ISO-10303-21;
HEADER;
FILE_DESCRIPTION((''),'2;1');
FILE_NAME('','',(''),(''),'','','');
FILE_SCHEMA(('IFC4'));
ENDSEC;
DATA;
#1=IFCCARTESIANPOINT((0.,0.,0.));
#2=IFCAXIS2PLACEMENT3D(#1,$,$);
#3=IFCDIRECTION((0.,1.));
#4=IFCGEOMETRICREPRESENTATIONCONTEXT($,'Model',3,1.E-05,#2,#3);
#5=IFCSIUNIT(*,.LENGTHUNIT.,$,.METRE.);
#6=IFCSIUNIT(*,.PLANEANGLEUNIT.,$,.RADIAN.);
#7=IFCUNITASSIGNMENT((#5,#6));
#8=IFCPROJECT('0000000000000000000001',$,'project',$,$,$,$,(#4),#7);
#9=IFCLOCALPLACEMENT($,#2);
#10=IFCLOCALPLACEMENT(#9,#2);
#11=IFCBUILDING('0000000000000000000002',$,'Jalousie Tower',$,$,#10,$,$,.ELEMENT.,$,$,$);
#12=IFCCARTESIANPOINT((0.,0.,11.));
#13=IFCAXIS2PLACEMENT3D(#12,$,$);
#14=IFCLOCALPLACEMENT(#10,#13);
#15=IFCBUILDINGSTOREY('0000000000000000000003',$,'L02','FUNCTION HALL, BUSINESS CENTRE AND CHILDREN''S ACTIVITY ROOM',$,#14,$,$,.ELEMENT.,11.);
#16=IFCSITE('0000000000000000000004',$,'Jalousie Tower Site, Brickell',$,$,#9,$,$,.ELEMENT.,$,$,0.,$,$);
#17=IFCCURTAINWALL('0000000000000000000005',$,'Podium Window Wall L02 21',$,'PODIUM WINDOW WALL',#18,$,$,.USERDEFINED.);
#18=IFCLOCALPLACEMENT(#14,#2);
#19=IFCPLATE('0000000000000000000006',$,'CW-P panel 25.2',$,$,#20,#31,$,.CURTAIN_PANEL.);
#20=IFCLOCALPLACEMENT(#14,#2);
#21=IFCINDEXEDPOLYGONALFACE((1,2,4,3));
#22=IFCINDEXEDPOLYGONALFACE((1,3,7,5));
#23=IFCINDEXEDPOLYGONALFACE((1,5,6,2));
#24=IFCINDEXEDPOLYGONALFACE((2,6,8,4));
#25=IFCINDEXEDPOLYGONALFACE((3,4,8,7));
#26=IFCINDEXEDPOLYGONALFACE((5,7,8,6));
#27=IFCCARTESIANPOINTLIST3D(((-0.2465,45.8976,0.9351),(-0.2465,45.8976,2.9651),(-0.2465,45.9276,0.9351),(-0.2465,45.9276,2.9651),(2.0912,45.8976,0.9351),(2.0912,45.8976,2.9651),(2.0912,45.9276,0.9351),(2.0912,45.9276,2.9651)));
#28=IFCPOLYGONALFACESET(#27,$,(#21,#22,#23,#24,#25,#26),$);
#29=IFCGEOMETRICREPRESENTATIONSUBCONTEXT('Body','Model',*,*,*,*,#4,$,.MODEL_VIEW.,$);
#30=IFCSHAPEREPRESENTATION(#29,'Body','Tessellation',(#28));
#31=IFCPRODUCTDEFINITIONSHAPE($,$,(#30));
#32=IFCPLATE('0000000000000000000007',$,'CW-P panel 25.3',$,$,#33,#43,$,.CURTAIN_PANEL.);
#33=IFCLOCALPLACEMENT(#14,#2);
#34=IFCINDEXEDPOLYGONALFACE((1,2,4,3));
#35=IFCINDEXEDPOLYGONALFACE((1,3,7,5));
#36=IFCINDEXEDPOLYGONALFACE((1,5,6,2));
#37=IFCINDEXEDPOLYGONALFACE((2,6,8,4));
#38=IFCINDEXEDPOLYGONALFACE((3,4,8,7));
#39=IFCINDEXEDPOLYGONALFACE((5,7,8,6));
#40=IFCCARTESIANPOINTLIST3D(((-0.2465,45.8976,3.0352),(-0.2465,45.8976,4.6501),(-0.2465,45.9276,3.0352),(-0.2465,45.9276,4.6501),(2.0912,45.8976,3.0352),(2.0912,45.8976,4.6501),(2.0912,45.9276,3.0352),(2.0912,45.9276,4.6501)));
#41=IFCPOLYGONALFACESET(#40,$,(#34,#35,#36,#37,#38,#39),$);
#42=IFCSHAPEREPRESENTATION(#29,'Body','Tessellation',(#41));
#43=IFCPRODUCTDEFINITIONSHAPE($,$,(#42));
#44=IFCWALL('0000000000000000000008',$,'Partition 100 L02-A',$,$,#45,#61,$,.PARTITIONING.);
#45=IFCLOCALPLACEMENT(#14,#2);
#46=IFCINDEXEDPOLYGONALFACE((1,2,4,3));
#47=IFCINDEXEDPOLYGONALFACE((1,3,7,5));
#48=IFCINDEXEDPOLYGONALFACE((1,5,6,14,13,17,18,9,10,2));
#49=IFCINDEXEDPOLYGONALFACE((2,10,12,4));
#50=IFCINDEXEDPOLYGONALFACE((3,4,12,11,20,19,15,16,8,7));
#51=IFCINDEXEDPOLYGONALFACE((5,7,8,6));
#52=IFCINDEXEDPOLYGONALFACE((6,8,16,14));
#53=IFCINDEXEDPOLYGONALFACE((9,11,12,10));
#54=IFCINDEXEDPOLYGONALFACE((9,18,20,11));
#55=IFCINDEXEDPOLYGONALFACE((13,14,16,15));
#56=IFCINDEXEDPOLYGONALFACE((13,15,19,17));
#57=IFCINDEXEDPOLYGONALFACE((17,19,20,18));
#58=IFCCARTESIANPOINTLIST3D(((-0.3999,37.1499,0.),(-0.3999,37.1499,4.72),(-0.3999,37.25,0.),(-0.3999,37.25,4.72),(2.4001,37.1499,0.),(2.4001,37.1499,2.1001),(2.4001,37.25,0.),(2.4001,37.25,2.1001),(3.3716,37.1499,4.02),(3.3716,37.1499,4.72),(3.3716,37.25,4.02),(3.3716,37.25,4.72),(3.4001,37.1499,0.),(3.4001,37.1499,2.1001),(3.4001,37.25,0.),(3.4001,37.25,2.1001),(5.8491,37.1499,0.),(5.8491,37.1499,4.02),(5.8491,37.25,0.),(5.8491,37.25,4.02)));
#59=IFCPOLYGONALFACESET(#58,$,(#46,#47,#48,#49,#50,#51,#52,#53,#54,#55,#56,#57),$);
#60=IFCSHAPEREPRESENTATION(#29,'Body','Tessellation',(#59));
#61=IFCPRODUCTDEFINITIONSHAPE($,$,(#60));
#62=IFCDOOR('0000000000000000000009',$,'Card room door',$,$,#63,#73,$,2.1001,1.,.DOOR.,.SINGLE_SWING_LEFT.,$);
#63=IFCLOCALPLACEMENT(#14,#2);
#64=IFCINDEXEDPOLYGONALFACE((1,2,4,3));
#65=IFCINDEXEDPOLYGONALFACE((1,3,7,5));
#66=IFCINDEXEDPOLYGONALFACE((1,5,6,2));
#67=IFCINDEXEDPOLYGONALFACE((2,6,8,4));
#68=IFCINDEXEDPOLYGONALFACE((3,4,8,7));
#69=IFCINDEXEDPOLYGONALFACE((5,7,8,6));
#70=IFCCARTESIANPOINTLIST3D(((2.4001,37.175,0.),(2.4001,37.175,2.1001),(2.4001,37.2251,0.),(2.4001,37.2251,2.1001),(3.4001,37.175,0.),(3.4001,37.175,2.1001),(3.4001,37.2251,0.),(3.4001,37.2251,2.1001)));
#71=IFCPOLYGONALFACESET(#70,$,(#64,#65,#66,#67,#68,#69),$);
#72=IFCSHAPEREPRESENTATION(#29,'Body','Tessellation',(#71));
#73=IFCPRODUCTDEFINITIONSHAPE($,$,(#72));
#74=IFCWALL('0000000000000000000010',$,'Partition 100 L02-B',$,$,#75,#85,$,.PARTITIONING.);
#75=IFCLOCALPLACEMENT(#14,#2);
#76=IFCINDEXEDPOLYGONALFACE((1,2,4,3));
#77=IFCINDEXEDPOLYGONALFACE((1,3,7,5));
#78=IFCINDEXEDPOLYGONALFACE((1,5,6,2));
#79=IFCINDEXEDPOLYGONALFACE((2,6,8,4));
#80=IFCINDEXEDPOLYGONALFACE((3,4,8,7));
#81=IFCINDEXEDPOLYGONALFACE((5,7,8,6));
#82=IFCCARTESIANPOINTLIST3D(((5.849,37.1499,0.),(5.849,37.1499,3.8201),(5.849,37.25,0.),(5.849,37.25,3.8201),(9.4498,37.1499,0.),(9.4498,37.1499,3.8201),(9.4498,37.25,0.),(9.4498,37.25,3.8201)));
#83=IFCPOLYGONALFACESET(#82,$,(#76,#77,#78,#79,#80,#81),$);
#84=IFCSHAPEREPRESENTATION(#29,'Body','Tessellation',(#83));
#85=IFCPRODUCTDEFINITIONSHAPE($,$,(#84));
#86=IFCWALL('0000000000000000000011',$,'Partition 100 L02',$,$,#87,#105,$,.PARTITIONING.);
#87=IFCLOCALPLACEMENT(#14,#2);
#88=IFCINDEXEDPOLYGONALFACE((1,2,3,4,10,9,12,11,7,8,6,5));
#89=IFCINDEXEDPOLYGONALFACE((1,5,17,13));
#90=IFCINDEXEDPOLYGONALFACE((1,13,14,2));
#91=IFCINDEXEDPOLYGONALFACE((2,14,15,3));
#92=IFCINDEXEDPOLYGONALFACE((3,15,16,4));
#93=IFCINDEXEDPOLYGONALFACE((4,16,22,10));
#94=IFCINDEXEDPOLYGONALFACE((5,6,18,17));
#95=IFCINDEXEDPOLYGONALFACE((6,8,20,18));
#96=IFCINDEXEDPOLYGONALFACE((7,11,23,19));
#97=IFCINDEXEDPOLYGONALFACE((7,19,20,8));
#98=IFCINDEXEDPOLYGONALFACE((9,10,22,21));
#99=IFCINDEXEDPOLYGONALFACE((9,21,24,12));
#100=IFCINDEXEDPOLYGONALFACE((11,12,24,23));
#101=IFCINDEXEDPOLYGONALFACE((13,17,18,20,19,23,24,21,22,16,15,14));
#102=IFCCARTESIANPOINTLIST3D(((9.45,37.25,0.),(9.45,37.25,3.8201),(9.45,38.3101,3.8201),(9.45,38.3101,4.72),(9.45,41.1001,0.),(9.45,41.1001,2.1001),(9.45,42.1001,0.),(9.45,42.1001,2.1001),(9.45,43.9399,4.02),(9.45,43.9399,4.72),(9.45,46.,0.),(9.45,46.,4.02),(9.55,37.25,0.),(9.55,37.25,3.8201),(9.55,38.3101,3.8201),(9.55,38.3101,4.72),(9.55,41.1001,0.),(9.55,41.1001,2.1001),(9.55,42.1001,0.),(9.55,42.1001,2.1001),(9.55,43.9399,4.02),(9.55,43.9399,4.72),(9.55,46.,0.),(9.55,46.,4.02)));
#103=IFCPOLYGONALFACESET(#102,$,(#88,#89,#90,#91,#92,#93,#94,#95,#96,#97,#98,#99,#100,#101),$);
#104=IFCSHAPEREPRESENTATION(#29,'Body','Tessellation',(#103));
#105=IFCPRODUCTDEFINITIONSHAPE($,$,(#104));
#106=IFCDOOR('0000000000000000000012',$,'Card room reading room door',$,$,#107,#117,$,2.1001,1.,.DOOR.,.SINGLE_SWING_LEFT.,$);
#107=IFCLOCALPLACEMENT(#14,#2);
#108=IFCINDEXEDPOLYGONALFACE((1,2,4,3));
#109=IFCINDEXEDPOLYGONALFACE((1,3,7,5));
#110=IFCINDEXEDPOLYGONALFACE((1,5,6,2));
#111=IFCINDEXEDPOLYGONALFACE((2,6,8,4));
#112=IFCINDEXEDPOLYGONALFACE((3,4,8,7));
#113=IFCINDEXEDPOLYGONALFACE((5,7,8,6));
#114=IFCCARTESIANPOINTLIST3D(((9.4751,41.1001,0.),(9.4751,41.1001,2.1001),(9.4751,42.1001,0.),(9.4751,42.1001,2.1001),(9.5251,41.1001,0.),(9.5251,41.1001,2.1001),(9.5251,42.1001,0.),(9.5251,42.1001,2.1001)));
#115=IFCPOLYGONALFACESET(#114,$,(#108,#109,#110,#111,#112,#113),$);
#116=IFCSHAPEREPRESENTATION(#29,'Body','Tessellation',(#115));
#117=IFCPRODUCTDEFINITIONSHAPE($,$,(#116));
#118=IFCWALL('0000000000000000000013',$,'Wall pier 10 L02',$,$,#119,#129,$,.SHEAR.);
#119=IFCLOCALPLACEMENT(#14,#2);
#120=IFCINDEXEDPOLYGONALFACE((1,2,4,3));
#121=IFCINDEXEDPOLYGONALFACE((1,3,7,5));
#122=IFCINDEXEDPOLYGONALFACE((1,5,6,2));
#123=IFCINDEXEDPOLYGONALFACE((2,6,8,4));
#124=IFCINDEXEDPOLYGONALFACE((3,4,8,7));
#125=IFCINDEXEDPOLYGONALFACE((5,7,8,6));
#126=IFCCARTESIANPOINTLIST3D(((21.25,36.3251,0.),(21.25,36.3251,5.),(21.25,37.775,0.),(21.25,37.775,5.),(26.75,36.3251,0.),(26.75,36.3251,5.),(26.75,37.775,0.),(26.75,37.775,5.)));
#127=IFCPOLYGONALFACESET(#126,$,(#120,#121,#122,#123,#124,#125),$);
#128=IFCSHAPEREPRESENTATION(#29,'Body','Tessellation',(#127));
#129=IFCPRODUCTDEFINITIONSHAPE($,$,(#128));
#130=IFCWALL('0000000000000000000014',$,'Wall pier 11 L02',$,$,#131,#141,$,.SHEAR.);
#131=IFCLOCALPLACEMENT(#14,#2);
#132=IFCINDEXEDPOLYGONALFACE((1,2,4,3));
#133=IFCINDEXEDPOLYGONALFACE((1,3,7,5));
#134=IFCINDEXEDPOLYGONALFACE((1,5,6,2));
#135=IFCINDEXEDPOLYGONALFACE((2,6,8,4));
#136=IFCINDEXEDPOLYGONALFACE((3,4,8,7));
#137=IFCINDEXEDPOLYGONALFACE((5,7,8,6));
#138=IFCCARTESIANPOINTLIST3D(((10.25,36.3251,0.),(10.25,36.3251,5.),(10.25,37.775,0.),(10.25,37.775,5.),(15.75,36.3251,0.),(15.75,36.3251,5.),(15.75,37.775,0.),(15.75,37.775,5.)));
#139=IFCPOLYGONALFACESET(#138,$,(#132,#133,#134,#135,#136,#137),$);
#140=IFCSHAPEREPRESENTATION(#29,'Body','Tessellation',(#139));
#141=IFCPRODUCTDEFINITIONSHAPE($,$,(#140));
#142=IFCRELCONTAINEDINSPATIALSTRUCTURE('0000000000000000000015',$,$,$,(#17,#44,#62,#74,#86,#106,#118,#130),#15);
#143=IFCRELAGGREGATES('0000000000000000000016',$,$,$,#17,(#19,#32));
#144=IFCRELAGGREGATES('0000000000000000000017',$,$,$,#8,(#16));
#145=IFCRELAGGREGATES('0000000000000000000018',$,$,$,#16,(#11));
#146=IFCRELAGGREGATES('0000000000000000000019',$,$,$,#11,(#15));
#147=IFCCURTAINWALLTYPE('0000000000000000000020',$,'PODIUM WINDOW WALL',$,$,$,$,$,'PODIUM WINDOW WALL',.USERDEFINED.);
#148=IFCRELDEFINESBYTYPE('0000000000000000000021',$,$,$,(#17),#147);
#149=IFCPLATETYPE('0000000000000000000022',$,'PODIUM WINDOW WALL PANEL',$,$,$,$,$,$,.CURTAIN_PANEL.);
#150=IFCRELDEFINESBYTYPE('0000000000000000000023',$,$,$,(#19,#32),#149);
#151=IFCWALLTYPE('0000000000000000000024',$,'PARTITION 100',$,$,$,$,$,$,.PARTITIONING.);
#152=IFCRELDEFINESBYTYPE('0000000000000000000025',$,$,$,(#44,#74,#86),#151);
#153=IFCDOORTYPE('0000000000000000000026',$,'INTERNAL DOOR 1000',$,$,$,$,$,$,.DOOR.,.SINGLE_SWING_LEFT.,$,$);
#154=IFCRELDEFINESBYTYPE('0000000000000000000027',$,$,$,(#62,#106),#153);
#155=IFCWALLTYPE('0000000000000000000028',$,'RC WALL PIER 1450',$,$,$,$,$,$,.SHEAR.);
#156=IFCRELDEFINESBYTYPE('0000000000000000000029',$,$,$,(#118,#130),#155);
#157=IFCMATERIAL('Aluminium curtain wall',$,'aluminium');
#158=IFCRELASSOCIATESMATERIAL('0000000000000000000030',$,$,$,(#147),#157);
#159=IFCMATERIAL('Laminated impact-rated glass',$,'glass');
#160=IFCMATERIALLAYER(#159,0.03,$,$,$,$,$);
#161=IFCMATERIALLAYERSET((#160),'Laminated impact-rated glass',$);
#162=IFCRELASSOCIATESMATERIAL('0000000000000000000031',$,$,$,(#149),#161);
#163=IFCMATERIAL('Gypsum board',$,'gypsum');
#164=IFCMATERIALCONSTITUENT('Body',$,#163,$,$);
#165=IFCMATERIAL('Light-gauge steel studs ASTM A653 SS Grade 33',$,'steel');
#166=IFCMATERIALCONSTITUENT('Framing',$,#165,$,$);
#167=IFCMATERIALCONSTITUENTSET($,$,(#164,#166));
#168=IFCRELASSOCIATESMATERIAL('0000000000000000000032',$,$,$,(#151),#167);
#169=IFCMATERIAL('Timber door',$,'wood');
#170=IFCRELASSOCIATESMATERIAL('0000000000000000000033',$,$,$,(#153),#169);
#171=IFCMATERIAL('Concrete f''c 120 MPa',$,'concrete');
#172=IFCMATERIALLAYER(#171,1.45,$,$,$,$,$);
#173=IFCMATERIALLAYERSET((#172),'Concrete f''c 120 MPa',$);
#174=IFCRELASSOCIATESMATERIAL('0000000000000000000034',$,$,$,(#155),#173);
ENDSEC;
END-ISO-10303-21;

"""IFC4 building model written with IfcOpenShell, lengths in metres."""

from ifc_helpers import new_model, si_unit, direction, frame, frame_2d, origin, origin_2d, place, context, subcontext, project, spatial, polyline, rectangle, outline, extrude, material, layer, layer_set, constituent, constituent_set, type_object, element, fill, aggregate, save


model = new_model("IFC4")

# Units and contexts
model_context = context("Model", 3, precision=1e-05, world=origin(), true_north=direction((0.0, 1.0)))
body_context = subcontext(model_context, "Body", "Model", "MODEL_VIEW")
ifc_project = project(units=[si_unit("LENGTHUNIT", "METRE"), si_unit("PLANEANGLEUNIT", "RADIAN")], contexts=[model_context])

# Site, building, storey
site_placement = place(None, origin())
site = spatial("IfcSite", under=ifc_project, at=site_placement, Name="Jalousie Tower Site, Brickell", CompositionType="ELEMENT", RefElevation=0.0)
building_placement = place(site_placement, origin())
building = spatial("IfcBuilding", under=site, at=building_placement, Name="Jalousie Tower", CompositionType="ELEMENT")
storey_placement = place(building_placement, frame((0.0, 0.0, 11.0)))
storey = spatial("IfcBuildingStorey", under=building, at=storey_placement, Name="L02", Description="FUNCTION HALL, BUSINESS CENTRE AND CHILDREN'S ACTIVITY ROOM", CompositionType="ELEMENT", Elevation=11.0)

# Curtain wall
ifc_material_1 = material(Name="Aluminium curtain wall", Category="aluminium")
curtain_wall_type = type_object("IfcCurtainWallType", Name="PODIUM WINDOW WALL", ElementType="PODIUM WINDOW WALL", PredefinedType="USERDEFINED", material=ifc_material_1)
curtain_wall_placement = place(storey_placement, origin())
curtain_wall = element("IfcCurtainWall", 1, at=curtain_wall_placement, inside=storey, type_object=curtain_wall_type, Name="Podium Window Wall L02 21", ObjectType="PODIUM WINDOW WALL", PredefinedType="USERDEFINED")

# Plates
ifc_material_2 = material(Name="Laminated impact-rated glass", Category="glass")
ifc_layer_1 = layer(ifc_material_2, 0.03)
ifc_layer_set_1 = layer_set([ifc_layer_1], Name="Laminated impact-rated glass")
plate_type = type_object("IfcPlateType", Name="PODIUM WINDOW WALL PANEL", PredefinedType="CURTAIN_PANEL", material=ifc_layer_set_1)
plate_1_placement = place(storey_placement, frame((0.9224, 45.9126, 0.9351), z_axis=(0.0, 0.0, 1.0), x_axis=(-1.0, 0.0, 0.0)))
plate_1 = element("IfcPlate", 2, at=plate_1_placement, type_object=plate_type, Name="CW-P panel 25.2", PredefinedType="CURTAIN_PANEL", context=body_context, shape_type="SweptSolid", body=[
    extrude(rectangle(XDim=2.3376, YDim=0.03, at=origin_2d()), origin(), (0.0, 0.0, 1.0), 2.03),
])
plate_2_placement = place(storey_placement, frame((0.9224, 45.9126, 3.0352), z_axis=(0.0, 0.0, 1.0), x_axis=(-1.0, 0.0, 0.0)))
plate_2 = element("IfcPlate", 3, at=plate_2_placement, type_object=plate_type, Name="CW-P panel 25.3", PredefinedType="CURTAIN_PANEL", context=body_context, shape_type="SweptSolid", body=[
    extrude(rectangle(XDim=2.3376, YDim=0.03, at=origin_2d()), origin(), (0.0, 0.0, 1.0), 1.615),
])
aggregate(curtain_wall, [plate_1, plate_2])

# Wall, opening, door
ifc_material_3 = material(Name="Gypsum board", Category="gypsum")
ifc_constituent_1 = constituent(ifc_material_3, Name="Body")
ifc_material_4 = material(Name="Light-gauge steel studs ASTM A653 SS Grade 33", Category="steel")
ifc_constituent_2 = constituent(ifc_material_4, Name="Framing")
ifc_constituent_set = constituent_set(constituents=[ifc_constituent_1, ifc_constituent_2])
wall_type_1 = type_object("IfcWallType", Name="PARTITION 100", PredefinedType="PARTITIONING", material=ifc_constituent_set)
wall_1_placement = place(storey_placement, frame((-0.3999, 37.2, 0.0), z_axis=(0.0, 0.0, 1.0), x_axis=(1.0, 0.0, 0.0)))
wall_1 = element("IfcWall", 4, at=wall_1_placement, inside=storey, type_object=wall_type_1, Name="Partition 100 L02-A", PredefinedType="PARTITIONING", context=body_context, shape_type="SweptSolid", body=[
    extrude(outline(polyline([(0.0, 0.0), (6.249, 0.0), (6.249, 4.02), (3.7715, 4.02), (3.7715, 4.72), (0.0, 4.72), (0.0, 0.0)])), frame((0.0, 0.05, 0.0), z_axis=(0.0, -1.0, 0.0), x_axis=(1.0, 0.0, 0.0)), (0.0, 0.0, 1.0), 0.1001),
])
opening_1_placement = place(wall_1_placement, frame((2.8, 0.0, 0.0)))
opening_1 = element("IfcOpeningElement", 5, at=opening_1_placement, cuts=wall_1, PredefinedType="OPENING", context=body_context, shape_type="SweptSolid", body=[
    extrude(rectangle(XDim=1.0, YDim=2.1001, at=frame_2d((0.5, 1.05))), frame((0.0, 0.0601, 0.0), z_axis=(0.0, -1.0, 0.0), x_axis=(1.0, 0.0, 0.0)), (0.0, 0.0, 1.0), 0.1201),
])
ifc_material_5 = material(Name="Timber door", Category="wood")
door_type = type_object("IfcDoorType", Name="INTERNAL DOOR 1000", OperationType="SINGLE_SWING_LEFT", PredefinedType="DOOR", material=ifc_material_5)
door_1_placement = place(opening_1_placement, frame((1.0, 0.0, 0.0), z_axis=(0.0, 0.0, 1.0), x_axis=(-1.0, 0.0, 0.0)))
door_1 = element("IfcDoor", 6, at=door_1_placement, inside=storey, type_object=door_type, Name="Card room door", OperationType="SINGLE_SWING_LEFT", OverallHeight=2.1001, OverallWidth=1.0, PredefinedType="DOOR", context=body_context, shape_type="SweptSolid", body=[
    extrude(rectangle(XDim=1.0, YDim=2.1001, at=frame_2d((0.5, 1.05))), frame((0.0, 0.0249, 0.0), z_axis=(0.0, -1.0, 0.0), x_axis=(1.0, 0.0, 0.0)), (0.0, 0.0, 1.0), 0.05),
])
fill(opening_1, door_1)

# Wall
wall_2_placement = place(storey_placement, frame((5.8491, 37.2, 0.0), z_axis=(0.0, 0.0, 1.0), x_axis=(1.0, 0.0, 0.0)))
element("IfcWall", 7, at=wall_2_placement, inside=storey, type_object=wall_type_1, Name="Partition 100 L02-B", PredefinedType="PARTITIONING", context=body_context, shape_type="SweptSolid", body=[
    extrude(rectangle(XDim=3.6008, YDim=0.1001, at=frame_2d((1.8003, 0.0))), origin(), (0.0, 0.0, 1.0), 3.8201),
])

# Wall, opening, door
wall_3_placement = place(storey_placement, frame((9.5, 37.25, 0.0), z_axis=(0.0, 0.0, 1.0), x_axis=(0.0, 1.0, 0.0)))
wall_3 = element("IfcWall", 8, at=wall_3_placement, inside=storey, type_object=wall_type_1, Name="Partition 100 L02", PredefinedType="PARTITIONING", context=body_context, shape_type="SweptSolid", body=[
    extrude(outline(polyline([(0.0, 0.0), (8.75, 0.0), (8.75, 4.72), (8.75, 4.02), (6.6899, 4.02), (6.6899, 4.72), (1.0601, 4.72), (1.0601, 3.8201), (0.0, 3.8201), (0.0, 4.72), (0.0, 0.0)])), frame((0.0, 0.05, 0.0), z_axis=(0.0, -1.0, 0.0), x_axis=(1.0, 0.0, 0.0)), (0.0, 0.0, 1.0), 0.1001),
])
opening_2_placement = place(wall_3_placement, frame((3.8501, 0.0, 0.0)))
opening_2 = element("IfcOpeningElement", 9, at=opening_2_placement, cuts=wall_3, PredefinedType="OPENING", context=body_context, shape_type="SweptSolid", body=[
    extrude(rectangle(XDim=1.0, YDim=2.1001, at=frame_2d((0.5, 1.05))), frame((0.0, 0.0601, 0.0), z_axis=(0.0, -1.0, 0.0), x_axis=(1.0, 0.0, 0.0)), (0.0, 0.0, 1.0), 0.1201),
])
door_2_placement = place(opening_2_placement, origin())
door_2 = element("IfcDoor", 10, at=door_2_placement, inside=storey, type_object=door_type, Name="Card room reading room door", OperationType="SINGLE_SWING_LEFT", OverallHeight=2.1001, OverallWidth=1.0, PredefinedType="DOOR", context=body_context, shape_type="SweptSolid", body=[
    extrude(rectangle(XDim=1.0, YDim=2.1001, at=frame_2d((0.5, 1.05))), frame((0.0, 0.0249, 0.0), z_axis=(0.0, -1.0, 0.0), x_axis=(1.0, 0.0, 0.0)), (0.0, 0.0, 1.0), 0.05),
])
fill(opening_2, door_2)

# Walls
ifc_material_6 = material(Name="Concrete f'c 120 MPa", Category="concrete")
ifc_layer_2 = layer(ifc_material_6, 1.45)
ifc_layer_set_2 = layer_set([ifc_layer_2], Name="Concrete f'c 120 MPa")
wall_type_2 = type_object("IfcWallType", Name="RC WALL PIER 1450", PredefinedType="SHEAR", material=ifc_layer_set_2)
for number, where, z_axis, x_axis, name in (
    (11, (21.25, 37.05, 0.0), (0.0, 0.0, 1.0), (1.0, 0.0, 0.0), "Wall pier 10 L02"),
    (12, (10.25, 37.05, 0.0), (0.0, 0.0, 1.0), (1.0, 0.0, 0.0), "Wall pier 11 L02"),
):
    element("IfcWall", number, at=place(storey_placement, frame(where, z_axis=z_axis, x_axis=x_axis)), inside=storey, type_object=wall_type_2, Name=name, PredefinedType="SHEAR", context=body_context, shape_type="SweptSolid", body=[
        extrude(rectangle(XDim=5.5, YDim=1.45, at=frame_2d((2.75, 0.0))), origin(), (0.0, 0.0, 1.0), 5.0),
    ])

save(model, "model.ifc")
